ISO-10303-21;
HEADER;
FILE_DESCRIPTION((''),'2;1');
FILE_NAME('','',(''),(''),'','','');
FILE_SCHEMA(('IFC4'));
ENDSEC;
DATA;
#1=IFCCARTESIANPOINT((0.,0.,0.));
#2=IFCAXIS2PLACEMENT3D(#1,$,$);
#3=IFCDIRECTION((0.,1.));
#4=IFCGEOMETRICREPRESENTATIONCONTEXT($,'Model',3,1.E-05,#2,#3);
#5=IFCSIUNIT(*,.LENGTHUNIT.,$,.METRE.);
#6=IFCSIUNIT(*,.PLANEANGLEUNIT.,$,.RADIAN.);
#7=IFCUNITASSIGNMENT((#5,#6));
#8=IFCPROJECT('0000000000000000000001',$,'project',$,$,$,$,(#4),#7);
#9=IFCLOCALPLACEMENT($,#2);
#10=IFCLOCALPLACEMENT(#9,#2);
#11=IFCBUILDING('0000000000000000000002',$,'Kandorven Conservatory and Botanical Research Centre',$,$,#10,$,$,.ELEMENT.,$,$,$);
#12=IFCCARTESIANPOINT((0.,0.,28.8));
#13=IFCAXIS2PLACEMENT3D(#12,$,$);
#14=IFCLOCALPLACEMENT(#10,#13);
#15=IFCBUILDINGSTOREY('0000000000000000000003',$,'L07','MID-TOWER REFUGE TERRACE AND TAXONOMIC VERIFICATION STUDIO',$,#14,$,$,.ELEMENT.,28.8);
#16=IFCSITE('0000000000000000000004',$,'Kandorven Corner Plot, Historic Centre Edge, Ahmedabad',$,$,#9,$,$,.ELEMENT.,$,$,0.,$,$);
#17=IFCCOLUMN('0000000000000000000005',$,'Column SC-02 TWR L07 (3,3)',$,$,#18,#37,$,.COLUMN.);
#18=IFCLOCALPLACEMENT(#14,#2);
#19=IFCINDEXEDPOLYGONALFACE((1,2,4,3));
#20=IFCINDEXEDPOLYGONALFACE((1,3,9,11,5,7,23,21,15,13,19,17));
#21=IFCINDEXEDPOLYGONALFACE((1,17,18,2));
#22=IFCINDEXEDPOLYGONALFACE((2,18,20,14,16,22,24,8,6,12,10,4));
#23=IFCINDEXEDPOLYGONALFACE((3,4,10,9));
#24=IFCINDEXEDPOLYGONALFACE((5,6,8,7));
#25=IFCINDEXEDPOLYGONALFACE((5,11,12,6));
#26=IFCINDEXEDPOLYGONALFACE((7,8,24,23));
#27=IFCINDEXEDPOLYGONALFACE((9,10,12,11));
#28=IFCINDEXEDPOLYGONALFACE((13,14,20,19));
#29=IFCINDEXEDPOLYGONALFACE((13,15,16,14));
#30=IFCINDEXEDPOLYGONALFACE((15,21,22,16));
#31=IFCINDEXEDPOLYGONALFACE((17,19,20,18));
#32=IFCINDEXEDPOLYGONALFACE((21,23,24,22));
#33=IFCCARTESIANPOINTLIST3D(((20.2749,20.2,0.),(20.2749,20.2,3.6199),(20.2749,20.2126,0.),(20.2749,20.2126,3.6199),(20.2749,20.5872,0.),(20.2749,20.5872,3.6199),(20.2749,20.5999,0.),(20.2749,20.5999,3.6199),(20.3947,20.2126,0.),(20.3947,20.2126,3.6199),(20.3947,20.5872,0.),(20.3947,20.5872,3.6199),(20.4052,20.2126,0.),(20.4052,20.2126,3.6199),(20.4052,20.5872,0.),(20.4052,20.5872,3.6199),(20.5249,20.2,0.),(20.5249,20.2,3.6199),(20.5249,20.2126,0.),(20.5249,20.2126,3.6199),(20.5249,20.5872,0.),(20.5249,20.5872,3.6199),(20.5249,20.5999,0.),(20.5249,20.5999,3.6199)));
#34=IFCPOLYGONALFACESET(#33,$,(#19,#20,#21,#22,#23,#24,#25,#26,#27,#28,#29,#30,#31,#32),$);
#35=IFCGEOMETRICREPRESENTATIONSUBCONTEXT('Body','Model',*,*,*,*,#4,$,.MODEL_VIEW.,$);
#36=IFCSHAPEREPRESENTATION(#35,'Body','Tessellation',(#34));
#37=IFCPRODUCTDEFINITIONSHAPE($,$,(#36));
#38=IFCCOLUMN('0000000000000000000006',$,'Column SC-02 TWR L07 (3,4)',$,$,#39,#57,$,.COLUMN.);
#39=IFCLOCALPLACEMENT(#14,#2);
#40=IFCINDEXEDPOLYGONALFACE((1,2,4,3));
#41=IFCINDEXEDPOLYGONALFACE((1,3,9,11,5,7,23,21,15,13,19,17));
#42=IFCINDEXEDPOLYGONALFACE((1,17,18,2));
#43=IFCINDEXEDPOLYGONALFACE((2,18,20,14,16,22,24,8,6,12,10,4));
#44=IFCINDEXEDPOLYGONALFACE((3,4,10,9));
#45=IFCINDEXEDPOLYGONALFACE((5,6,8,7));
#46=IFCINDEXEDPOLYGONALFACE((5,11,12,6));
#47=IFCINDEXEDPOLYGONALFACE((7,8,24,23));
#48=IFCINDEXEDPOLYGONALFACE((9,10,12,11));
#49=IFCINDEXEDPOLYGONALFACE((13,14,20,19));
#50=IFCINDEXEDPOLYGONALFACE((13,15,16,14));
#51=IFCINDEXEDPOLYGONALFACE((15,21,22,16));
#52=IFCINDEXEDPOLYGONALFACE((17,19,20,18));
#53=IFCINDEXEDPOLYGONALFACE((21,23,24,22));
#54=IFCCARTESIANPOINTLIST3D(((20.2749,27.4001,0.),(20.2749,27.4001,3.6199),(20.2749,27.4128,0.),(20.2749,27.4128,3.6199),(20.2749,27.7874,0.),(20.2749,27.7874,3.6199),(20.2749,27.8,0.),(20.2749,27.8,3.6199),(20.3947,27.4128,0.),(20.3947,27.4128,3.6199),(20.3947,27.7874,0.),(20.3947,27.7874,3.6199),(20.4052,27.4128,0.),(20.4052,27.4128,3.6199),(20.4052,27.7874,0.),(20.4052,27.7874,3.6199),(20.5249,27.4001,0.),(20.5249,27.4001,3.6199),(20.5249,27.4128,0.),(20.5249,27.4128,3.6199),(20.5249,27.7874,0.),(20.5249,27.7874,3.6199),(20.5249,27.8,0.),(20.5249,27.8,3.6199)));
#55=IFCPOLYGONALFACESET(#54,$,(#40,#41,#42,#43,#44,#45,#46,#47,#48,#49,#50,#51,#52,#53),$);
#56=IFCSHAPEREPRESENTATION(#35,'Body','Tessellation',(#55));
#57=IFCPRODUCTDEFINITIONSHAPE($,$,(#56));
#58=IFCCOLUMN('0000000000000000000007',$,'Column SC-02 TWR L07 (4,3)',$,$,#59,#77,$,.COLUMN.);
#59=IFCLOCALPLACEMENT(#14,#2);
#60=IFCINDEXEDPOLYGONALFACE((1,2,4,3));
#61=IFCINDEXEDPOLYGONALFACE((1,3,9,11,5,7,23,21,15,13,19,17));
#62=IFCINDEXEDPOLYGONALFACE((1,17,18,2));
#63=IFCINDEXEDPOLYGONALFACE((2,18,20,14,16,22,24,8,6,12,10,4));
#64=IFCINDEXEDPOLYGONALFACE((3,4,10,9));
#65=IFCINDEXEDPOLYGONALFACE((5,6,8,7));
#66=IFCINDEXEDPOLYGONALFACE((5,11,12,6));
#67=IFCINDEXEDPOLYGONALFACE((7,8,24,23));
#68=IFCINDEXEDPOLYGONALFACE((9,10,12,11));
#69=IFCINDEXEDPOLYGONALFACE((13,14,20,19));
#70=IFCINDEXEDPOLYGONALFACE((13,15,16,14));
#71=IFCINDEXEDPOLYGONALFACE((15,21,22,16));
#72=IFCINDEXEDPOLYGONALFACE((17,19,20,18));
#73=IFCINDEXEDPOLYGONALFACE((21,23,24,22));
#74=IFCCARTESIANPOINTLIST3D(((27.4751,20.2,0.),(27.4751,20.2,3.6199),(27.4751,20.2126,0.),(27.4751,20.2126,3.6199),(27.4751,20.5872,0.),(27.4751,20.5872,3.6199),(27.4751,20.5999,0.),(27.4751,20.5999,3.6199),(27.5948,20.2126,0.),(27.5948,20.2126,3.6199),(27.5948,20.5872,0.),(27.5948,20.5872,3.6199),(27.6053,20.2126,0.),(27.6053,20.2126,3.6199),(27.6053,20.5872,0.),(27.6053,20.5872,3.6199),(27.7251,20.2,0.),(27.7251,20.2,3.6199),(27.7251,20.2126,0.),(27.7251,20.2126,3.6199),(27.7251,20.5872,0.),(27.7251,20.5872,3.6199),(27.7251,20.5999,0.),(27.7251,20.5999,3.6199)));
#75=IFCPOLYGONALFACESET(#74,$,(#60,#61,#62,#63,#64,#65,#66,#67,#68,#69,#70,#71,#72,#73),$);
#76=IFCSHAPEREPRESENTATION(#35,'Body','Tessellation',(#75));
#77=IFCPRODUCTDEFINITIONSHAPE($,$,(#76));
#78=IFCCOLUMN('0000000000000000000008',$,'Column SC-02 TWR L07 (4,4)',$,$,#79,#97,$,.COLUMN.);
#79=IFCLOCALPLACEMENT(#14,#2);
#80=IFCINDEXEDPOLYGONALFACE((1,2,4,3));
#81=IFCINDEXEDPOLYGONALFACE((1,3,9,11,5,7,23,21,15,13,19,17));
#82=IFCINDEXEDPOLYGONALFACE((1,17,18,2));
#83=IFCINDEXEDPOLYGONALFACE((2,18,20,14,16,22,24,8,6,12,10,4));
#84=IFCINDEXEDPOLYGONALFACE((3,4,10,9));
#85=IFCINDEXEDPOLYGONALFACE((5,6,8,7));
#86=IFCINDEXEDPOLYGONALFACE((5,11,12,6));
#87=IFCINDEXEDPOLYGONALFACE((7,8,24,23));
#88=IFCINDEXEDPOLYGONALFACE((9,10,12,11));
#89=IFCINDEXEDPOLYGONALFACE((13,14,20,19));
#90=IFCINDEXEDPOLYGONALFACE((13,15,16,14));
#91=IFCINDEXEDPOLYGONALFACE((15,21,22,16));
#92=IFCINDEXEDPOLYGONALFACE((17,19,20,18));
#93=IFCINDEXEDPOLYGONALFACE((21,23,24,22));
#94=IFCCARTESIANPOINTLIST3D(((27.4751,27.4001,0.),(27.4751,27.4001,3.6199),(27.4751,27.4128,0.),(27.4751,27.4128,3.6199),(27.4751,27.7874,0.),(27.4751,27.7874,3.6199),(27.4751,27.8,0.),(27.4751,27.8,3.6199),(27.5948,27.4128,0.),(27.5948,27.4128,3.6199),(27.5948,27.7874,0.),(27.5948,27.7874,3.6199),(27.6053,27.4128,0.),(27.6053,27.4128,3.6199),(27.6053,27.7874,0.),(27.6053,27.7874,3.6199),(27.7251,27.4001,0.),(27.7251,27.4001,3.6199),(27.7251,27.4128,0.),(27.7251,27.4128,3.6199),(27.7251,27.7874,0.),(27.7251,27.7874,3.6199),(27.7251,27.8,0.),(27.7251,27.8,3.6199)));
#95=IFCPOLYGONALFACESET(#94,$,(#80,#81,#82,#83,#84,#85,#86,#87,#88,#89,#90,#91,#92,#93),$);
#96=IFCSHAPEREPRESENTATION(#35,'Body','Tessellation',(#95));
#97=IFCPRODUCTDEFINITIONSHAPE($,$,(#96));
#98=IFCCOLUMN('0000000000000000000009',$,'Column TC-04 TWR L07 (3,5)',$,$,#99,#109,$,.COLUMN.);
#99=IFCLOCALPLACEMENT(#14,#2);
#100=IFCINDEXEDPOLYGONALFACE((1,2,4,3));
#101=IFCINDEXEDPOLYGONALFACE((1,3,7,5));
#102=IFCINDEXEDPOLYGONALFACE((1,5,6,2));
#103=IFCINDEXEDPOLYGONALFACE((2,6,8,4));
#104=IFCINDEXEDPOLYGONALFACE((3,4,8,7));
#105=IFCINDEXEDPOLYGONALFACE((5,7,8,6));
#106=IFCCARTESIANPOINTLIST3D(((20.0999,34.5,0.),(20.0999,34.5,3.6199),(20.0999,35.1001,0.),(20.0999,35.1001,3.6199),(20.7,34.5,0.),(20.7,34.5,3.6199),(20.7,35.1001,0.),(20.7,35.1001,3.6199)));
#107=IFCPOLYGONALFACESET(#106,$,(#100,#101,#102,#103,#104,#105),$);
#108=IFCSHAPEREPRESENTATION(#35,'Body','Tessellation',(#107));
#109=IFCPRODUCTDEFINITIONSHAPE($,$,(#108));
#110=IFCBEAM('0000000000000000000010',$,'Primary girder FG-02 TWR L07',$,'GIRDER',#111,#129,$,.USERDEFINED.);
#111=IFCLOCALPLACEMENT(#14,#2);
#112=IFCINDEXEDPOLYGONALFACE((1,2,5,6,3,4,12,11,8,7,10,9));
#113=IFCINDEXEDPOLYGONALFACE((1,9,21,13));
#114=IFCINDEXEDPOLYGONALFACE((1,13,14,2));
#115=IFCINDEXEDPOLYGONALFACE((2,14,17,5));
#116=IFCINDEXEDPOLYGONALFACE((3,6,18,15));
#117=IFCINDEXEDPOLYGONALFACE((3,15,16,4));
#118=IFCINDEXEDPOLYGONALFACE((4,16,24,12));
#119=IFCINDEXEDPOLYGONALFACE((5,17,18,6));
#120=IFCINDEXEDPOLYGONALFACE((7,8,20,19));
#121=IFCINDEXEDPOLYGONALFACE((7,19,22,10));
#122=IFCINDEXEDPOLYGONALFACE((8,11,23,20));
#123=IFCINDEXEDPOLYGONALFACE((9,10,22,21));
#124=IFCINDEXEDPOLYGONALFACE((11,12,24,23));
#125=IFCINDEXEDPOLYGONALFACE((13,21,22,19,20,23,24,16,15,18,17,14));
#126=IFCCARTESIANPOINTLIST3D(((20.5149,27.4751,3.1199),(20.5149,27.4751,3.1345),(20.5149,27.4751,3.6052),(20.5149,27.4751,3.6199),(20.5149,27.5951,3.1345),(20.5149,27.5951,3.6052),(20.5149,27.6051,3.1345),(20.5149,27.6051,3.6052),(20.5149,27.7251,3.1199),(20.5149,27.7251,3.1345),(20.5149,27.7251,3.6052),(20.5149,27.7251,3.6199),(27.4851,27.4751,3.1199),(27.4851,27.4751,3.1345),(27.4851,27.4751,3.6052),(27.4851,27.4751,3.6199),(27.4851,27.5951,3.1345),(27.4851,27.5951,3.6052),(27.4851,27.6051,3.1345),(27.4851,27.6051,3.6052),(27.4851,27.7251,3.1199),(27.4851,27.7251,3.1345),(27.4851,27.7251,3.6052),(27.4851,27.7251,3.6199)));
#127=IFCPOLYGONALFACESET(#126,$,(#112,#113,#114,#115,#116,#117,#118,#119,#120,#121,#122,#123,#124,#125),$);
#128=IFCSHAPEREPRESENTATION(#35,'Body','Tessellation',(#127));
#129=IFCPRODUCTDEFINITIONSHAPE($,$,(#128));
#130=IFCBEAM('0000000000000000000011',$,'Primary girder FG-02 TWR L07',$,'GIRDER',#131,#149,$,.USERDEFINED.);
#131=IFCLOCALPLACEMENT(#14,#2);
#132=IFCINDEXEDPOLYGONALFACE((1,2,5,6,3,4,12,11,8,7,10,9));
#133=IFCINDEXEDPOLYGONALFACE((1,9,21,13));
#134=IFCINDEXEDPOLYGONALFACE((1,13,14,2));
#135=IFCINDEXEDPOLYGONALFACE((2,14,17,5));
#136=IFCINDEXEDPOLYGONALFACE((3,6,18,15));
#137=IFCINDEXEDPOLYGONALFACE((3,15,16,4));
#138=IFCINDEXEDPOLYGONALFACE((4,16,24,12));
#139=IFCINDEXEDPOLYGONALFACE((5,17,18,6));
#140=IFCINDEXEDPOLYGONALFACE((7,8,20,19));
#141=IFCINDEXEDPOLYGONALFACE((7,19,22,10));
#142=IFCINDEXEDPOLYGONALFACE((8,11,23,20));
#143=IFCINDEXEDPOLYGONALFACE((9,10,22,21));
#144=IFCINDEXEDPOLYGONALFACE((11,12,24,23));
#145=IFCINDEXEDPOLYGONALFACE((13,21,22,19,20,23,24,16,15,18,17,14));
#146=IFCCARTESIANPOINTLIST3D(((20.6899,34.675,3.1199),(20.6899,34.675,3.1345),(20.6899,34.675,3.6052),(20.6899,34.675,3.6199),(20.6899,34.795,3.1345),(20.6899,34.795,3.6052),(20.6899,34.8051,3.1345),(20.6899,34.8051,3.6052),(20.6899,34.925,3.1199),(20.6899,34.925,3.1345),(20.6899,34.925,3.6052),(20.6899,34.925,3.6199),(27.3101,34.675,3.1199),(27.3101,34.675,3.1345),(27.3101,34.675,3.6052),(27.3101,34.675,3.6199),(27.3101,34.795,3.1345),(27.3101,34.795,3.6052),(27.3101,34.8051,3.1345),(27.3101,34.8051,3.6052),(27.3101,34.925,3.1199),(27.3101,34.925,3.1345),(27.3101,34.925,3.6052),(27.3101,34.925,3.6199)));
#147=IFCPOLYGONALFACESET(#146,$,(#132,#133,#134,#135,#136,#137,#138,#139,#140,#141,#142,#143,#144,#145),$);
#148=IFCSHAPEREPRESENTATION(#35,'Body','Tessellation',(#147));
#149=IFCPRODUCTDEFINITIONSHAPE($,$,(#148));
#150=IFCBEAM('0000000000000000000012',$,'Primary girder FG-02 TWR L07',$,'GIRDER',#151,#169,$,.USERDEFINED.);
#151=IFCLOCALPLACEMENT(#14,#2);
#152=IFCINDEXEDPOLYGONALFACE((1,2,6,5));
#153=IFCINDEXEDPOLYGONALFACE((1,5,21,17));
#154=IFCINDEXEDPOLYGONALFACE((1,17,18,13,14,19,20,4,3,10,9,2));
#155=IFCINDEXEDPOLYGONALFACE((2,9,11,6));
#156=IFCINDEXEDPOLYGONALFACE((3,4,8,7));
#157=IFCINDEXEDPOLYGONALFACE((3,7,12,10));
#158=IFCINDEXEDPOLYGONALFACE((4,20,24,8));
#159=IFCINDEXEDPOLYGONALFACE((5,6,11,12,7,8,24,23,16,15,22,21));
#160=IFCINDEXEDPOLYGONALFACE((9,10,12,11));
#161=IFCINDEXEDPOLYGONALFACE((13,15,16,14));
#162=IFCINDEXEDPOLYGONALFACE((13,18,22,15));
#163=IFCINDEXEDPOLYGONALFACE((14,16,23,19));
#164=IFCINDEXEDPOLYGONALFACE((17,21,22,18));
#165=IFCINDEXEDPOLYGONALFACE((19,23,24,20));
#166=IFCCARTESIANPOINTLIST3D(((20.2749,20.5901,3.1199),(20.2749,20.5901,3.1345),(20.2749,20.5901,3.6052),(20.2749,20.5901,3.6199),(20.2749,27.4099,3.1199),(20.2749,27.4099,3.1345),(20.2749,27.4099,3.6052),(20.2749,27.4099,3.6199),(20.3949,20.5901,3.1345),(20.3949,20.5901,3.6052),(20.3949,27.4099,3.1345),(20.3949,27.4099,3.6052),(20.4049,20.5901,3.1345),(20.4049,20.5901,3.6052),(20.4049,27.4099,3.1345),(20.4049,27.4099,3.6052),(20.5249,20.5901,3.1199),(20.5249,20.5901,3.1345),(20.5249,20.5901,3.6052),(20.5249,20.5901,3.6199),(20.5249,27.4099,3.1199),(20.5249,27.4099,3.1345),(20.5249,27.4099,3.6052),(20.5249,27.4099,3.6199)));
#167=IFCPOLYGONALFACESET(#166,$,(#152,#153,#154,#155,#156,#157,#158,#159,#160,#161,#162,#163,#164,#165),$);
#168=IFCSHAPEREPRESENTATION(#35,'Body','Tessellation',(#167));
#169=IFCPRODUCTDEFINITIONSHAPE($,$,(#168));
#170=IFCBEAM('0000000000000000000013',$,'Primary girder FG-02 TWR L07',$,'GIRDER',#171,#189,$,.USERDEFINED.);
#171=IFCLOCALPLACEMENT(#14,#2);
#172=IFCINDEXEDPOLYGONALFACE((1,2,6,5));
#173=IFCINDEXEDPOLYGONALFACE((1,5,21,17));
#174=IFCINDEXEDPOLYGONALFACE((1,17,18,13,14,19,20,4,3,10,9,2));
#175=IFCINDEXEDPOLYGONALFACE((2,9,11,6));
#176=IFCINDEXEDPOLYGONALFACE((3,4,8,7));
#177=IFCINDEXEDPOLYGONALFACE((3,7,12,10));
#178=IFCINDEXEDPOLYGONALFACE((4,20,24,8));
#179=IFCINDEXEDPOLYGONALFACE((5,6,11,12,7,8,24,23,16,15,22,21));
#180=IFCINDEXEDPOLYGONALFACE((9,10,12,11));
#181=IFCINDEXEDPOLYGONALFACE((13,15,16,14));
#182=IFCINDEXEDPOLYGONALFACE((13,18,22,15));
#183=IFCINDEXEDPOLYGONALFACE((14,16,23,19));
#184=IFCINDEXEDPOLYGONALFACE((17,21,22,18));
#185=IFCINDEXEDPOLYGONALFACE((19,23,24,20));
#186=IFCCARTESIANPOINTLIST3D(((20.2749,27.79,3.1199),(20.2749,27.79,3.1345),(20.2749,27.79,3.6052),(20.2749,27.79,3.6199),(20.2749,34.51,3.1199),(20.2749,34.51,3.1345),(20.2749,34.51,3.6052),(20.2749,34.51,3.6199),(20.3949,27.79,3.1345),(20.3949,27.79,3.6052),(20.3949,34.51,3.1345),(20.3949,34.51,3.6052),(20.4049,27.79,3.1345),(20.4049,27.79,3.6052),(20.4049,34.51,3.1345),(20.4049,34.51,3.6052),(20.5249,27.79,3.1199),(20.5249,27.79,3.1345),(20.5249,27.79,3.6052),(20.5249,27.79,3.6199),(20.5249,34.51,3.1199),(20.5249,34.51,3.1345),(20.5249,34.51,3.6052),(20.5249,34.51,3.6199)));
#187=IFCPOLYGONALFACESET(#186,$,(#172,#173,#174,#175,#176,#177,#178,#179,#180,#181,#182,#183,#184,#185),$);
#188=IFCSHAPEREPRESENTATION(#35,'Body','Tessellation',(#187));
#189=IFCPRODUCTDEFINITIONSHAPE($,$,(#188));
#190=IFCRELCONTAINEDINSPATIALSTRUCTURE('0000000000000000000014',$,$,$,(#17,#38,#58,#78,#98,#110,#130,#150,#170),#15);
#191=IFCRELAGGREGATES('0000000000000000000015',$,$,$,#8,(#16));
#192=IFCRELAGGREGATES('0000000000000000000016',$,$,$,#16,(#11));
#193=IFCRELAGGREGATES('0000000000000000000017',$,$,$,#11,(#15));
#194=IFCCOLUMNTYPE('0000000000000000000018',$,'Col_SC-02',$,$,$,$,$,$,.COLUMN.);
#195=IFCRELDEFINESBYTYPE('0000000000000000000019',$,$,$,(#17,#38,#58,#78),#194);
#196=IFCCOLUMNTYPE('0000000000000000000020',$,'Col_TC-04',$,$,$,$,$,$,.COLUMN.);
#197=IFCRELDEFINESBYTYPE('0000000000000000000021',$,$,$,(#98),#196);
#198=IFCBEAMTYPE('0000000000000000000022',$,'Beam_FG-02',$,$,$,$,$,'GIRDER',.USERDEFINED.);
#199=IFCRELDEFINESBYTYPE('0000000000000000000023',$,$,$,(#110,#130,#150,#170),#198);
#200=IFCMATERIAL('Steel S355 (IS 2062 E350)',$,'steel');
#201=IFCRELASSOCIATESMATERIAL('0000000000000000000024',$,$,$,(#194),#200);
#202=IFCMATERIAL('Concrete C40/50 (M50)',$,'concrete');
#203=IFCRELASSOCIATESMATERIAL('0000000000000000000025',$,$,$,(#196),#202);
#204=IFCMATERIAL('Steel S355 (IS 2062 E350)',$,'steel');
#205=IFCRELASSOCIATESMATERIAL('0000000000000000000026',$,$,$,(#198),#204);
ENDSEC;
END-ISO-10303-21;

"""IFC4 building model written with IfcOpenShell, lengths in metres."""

from ifc_helpers import new_model, si_unit, direction, frame, origin, origin_2d, place, context, subcontext, project, spatial, rectangle, i_section, extrude, material, material_profile, profile_set, type_object, element, save


model = new_model("IFC4")

# Units and contexts
model_context = context("Model", 3, precision=1e-05, world=origin(), true_north=direction((0.0, 1.0)))
body_context = subcontext(model_context, "Body", "Model", "MODEL_VIEW")
ifc_project = project(units=[si_unit("LENGTHUNIT", "METRE"), si_unit("PLANEANGLEUNIT", "RADIAN")], contexts=[model_context])

# Site, building, storey
site_placement = place(None, origin())
site = spatial("IfcSite", under=ifc_project, at=site_placement, Name="Kandorven Corner Plot, Historic Centre Edge, Ahmedabad", CompositionType="ELEMENT", RefElevation=0.0)
building_placement = place(site_placement, origin())
building = spatial("IfcBuilding", under=site, at=building_placement, Name="Kandorven Conservatory and Botanical Research Centre", CompositionType="ELEMENT")
storey_placement = place(building_placement, frame((0.0, 0.0, 28.8)))
storey = spatial("IfcBuildingStorey", under=building, at=storey_placement, Name="L07", Description="MID-TOWER REFUGE TERRACE AND TAXONOMIC VERIFICATION STUDIO", CompositionType="ELEMENT", Elevation=28.8)

# Columns
ifc_material_1 = material(Name="Steel S355 (IS 2062 E350)", Category="steel")
ifc_material_profile_1 = material_profile(ifc_material_1, i_section(OverallWidth=0.25, OverallDepth=0.3999, WebThickness=0.0105, FlangeThickness=0.0127, at=origin_2d()))
ifc_profile_set_1 = profile_set([ifc_material_profile_1], Name="Steel S355 (IS 2062 E350)")
column_type_1 = type_object("IfcColumnType", Name="Col_SC-02", PredefinedType="COLUMN", material=ifc_profile_set_1)
for number, where, z_axis, x_axis, name in (
    (1, (20.3999, 20.3999, 0.0), (0.0, 0.0, 1.0), (1.0, 0.0, 0.0), "Column SC-02 TWR L07 (3,3)"),
    (2, (20.3999, 27.6001, 0.0), (0.0, 0.0, 1.0), (1.0, 0.0, 0.0), "Column SC-02 TWR L07 (3,4)"),
    (3, (27.6001, 20.3999, 0.0), (0.0, 0.0, 1.0), (1.0, 0.0, 0.0), "Column SC-02 TWR L07 (4,3)"),
    (4, (27.6001, 27.6001, 0.0), (0.0, 0.0, 1.0), (1.0, 0.0, 0.0), "Column SC-02 TWR L07 (4,4)"),
):
    element("IfcColumn", number, at=place(storey_placement, frame(where, z_axis=z_axis, x_axis=x_axis)), inside=storey, type_object=column_type_1, Name=name, PredefinedType="COLUMN", context=body_context, shape_type="SweptSolid", body=[
        extrude(i_section(OverallWidth=0.25, OverallDepth=0.3999, WebThickness=0.0105, FlangeThickness=0.0127, at=origin_2d()), origin(), (0.0, 0.0, 1.0), 3.6199),
    ])
ifc_material_2 = material(Name="Concrete C40/50 (M50)", Category="concrete")
ifc_material_profile_2 = material_profile(ifc_material_2, rectangle(XDim=0.6001, YDim=0.6001, at=origin_2d()))
ifc_profile_set_2 = profile_set([ifc_material_profile_2], Name="Concrete C40/50 (M50)")
column_type_2 = type_object("IfcColumnType", Name="Col_TC-04", PredefinedType="COLUMN", material=ifc_profile_set_2)
column_placement = place(storey_placement, frame((20.3999, 34.8, 0.0), z_axis=(0.0, 0.0, 1.0), x_axis=(1.0, 0.0, 0.0)))
element("IfcColumn", 5, at=column_placement, inside=storey, type_object=column_type_2, Name="Column TC-04 TWR L07 (3,5)", PredefinedType="COLUMN", context=body_context, shape_type="SweptSolid", body=[
    extrude(rectangle(XDim=0.6001, YDim=0.6001, at=origin_2d()), origin(), (0.0, 0.0, 1.0), 3.6199),
])

# Beams
ifc_material_3 = material(Name="Steel S355 (IS 2062 E350)", Category="steel")
ifc_material_profile_3 = material_profile(ifc_material_3, i_section(OverallWidth=0.25, OverallDepth=0.5, WebThickness=0.01, FlangeThickness=0.0146, at=origin_2d()))
ifc_profile_set_3 = profile_set([ifc_material_profile_3], Name="Steel S355 (IS 2062 E350)")
beam_type_1 = type_object("IfcBeamType", Name="Beam_FG-02", ElementType="GIRDER", PredefinedType="USERDEFINED", material=ifc_profile_set_3)
beam_1_placement = place(storey_placement, frame((20.5149, 27.6001, 3.3699), z_axis=(1.0, 0.0, 0.0), x_axis=(0.0, 1.0, 0.0)))
element("IfcBeam", 6, at=beam_1_placement, inside=storey, type_object=beam_type_1, Name="Primary girder FG-02 TWR L07", ObjectType="GIRDER", PredefinedType="USERDEFINED", context=body_context, shape_type="SweptSolid", body=[
    extrude(i_section(OverallWidth=0.25, OverallDepth=0.5, WebThickness=0.01, FlangeThickness=0.0146, at=origin_2d()), origin(), (0.0, 0.0, 1.0), 6.9702),
])
beam_2_placement = place(storey_placement, frame((20.6899, 34.8, 3.3699), z_axis=(1.0, 0.0, 0.0), x_axis=(0.0, 1.0, 0.0)))
element("IfcBeam", 7, at=beam_2_placement, inside=storey, type_object=beam_type_1, Name="Primary girder FG-02 TWR L07", ObjectType="GIRDER", PredefinedType="USERDEFINED", context=body_context, shape_type="SweptSolid", body=[
    extrude(i_section(OverallWidth=0.25, OverallDepth=0.5, WebThickness=0.01, FlangeThickness=0.0146, at=origin_2d()), origin(), (0.0, 0.0, 1.0), 6.6201),
])
beam_3_placement = place(storey_placement, frame((20.3999, 20.5901, 3.3699), z_axis=(0.0, 1.0, 0.0), x_axis=(-1.0, 0.0, 0.0)))
element("IfcBeam", 8, at=beam_3_placement, inside=storey, type_object=beam_type_1, Name="Primary girder FG-02 TWR L07", ObjectType="GIRDER", PredefinedType="USERDEFINED", context=body_context, shape_type="SweptSolid", body=[
    extrude(i_section(OverallWidth=0.25, OverallDepth=0.5, WebThickness=0.01, FlangeThickness=0.0146, at=origin_2d()), origin(), (0.0, 0.0, 1.0), 6.8198),
])
beam_4_placement = place(storey_placement, frame((20.3999, 27.79, 3.3699), z_axis=(0.0, 1.0, 0.0), x_axis=(-1.0, 0.0, 0.0)))
element("IfcBeam", 9, at=beam_4_placement, inside=storey, type_object=beam_type_1, Name="Primary girder FG-02 TWR L07", ObjectType="GIRDER", PredefinedType="USERDEFINED", context=body_context, shape_type="SweptSolid", body=[
    extrude(i_section(OverallWidth=0.25, OverallDepth=0.5, WebThickness=0.01, FlangeThickness=0.0146, at=origin_2d()), origin(), (0.0, 0.0, 1.0), 6.72),
])

save(model, "model.ifc")
